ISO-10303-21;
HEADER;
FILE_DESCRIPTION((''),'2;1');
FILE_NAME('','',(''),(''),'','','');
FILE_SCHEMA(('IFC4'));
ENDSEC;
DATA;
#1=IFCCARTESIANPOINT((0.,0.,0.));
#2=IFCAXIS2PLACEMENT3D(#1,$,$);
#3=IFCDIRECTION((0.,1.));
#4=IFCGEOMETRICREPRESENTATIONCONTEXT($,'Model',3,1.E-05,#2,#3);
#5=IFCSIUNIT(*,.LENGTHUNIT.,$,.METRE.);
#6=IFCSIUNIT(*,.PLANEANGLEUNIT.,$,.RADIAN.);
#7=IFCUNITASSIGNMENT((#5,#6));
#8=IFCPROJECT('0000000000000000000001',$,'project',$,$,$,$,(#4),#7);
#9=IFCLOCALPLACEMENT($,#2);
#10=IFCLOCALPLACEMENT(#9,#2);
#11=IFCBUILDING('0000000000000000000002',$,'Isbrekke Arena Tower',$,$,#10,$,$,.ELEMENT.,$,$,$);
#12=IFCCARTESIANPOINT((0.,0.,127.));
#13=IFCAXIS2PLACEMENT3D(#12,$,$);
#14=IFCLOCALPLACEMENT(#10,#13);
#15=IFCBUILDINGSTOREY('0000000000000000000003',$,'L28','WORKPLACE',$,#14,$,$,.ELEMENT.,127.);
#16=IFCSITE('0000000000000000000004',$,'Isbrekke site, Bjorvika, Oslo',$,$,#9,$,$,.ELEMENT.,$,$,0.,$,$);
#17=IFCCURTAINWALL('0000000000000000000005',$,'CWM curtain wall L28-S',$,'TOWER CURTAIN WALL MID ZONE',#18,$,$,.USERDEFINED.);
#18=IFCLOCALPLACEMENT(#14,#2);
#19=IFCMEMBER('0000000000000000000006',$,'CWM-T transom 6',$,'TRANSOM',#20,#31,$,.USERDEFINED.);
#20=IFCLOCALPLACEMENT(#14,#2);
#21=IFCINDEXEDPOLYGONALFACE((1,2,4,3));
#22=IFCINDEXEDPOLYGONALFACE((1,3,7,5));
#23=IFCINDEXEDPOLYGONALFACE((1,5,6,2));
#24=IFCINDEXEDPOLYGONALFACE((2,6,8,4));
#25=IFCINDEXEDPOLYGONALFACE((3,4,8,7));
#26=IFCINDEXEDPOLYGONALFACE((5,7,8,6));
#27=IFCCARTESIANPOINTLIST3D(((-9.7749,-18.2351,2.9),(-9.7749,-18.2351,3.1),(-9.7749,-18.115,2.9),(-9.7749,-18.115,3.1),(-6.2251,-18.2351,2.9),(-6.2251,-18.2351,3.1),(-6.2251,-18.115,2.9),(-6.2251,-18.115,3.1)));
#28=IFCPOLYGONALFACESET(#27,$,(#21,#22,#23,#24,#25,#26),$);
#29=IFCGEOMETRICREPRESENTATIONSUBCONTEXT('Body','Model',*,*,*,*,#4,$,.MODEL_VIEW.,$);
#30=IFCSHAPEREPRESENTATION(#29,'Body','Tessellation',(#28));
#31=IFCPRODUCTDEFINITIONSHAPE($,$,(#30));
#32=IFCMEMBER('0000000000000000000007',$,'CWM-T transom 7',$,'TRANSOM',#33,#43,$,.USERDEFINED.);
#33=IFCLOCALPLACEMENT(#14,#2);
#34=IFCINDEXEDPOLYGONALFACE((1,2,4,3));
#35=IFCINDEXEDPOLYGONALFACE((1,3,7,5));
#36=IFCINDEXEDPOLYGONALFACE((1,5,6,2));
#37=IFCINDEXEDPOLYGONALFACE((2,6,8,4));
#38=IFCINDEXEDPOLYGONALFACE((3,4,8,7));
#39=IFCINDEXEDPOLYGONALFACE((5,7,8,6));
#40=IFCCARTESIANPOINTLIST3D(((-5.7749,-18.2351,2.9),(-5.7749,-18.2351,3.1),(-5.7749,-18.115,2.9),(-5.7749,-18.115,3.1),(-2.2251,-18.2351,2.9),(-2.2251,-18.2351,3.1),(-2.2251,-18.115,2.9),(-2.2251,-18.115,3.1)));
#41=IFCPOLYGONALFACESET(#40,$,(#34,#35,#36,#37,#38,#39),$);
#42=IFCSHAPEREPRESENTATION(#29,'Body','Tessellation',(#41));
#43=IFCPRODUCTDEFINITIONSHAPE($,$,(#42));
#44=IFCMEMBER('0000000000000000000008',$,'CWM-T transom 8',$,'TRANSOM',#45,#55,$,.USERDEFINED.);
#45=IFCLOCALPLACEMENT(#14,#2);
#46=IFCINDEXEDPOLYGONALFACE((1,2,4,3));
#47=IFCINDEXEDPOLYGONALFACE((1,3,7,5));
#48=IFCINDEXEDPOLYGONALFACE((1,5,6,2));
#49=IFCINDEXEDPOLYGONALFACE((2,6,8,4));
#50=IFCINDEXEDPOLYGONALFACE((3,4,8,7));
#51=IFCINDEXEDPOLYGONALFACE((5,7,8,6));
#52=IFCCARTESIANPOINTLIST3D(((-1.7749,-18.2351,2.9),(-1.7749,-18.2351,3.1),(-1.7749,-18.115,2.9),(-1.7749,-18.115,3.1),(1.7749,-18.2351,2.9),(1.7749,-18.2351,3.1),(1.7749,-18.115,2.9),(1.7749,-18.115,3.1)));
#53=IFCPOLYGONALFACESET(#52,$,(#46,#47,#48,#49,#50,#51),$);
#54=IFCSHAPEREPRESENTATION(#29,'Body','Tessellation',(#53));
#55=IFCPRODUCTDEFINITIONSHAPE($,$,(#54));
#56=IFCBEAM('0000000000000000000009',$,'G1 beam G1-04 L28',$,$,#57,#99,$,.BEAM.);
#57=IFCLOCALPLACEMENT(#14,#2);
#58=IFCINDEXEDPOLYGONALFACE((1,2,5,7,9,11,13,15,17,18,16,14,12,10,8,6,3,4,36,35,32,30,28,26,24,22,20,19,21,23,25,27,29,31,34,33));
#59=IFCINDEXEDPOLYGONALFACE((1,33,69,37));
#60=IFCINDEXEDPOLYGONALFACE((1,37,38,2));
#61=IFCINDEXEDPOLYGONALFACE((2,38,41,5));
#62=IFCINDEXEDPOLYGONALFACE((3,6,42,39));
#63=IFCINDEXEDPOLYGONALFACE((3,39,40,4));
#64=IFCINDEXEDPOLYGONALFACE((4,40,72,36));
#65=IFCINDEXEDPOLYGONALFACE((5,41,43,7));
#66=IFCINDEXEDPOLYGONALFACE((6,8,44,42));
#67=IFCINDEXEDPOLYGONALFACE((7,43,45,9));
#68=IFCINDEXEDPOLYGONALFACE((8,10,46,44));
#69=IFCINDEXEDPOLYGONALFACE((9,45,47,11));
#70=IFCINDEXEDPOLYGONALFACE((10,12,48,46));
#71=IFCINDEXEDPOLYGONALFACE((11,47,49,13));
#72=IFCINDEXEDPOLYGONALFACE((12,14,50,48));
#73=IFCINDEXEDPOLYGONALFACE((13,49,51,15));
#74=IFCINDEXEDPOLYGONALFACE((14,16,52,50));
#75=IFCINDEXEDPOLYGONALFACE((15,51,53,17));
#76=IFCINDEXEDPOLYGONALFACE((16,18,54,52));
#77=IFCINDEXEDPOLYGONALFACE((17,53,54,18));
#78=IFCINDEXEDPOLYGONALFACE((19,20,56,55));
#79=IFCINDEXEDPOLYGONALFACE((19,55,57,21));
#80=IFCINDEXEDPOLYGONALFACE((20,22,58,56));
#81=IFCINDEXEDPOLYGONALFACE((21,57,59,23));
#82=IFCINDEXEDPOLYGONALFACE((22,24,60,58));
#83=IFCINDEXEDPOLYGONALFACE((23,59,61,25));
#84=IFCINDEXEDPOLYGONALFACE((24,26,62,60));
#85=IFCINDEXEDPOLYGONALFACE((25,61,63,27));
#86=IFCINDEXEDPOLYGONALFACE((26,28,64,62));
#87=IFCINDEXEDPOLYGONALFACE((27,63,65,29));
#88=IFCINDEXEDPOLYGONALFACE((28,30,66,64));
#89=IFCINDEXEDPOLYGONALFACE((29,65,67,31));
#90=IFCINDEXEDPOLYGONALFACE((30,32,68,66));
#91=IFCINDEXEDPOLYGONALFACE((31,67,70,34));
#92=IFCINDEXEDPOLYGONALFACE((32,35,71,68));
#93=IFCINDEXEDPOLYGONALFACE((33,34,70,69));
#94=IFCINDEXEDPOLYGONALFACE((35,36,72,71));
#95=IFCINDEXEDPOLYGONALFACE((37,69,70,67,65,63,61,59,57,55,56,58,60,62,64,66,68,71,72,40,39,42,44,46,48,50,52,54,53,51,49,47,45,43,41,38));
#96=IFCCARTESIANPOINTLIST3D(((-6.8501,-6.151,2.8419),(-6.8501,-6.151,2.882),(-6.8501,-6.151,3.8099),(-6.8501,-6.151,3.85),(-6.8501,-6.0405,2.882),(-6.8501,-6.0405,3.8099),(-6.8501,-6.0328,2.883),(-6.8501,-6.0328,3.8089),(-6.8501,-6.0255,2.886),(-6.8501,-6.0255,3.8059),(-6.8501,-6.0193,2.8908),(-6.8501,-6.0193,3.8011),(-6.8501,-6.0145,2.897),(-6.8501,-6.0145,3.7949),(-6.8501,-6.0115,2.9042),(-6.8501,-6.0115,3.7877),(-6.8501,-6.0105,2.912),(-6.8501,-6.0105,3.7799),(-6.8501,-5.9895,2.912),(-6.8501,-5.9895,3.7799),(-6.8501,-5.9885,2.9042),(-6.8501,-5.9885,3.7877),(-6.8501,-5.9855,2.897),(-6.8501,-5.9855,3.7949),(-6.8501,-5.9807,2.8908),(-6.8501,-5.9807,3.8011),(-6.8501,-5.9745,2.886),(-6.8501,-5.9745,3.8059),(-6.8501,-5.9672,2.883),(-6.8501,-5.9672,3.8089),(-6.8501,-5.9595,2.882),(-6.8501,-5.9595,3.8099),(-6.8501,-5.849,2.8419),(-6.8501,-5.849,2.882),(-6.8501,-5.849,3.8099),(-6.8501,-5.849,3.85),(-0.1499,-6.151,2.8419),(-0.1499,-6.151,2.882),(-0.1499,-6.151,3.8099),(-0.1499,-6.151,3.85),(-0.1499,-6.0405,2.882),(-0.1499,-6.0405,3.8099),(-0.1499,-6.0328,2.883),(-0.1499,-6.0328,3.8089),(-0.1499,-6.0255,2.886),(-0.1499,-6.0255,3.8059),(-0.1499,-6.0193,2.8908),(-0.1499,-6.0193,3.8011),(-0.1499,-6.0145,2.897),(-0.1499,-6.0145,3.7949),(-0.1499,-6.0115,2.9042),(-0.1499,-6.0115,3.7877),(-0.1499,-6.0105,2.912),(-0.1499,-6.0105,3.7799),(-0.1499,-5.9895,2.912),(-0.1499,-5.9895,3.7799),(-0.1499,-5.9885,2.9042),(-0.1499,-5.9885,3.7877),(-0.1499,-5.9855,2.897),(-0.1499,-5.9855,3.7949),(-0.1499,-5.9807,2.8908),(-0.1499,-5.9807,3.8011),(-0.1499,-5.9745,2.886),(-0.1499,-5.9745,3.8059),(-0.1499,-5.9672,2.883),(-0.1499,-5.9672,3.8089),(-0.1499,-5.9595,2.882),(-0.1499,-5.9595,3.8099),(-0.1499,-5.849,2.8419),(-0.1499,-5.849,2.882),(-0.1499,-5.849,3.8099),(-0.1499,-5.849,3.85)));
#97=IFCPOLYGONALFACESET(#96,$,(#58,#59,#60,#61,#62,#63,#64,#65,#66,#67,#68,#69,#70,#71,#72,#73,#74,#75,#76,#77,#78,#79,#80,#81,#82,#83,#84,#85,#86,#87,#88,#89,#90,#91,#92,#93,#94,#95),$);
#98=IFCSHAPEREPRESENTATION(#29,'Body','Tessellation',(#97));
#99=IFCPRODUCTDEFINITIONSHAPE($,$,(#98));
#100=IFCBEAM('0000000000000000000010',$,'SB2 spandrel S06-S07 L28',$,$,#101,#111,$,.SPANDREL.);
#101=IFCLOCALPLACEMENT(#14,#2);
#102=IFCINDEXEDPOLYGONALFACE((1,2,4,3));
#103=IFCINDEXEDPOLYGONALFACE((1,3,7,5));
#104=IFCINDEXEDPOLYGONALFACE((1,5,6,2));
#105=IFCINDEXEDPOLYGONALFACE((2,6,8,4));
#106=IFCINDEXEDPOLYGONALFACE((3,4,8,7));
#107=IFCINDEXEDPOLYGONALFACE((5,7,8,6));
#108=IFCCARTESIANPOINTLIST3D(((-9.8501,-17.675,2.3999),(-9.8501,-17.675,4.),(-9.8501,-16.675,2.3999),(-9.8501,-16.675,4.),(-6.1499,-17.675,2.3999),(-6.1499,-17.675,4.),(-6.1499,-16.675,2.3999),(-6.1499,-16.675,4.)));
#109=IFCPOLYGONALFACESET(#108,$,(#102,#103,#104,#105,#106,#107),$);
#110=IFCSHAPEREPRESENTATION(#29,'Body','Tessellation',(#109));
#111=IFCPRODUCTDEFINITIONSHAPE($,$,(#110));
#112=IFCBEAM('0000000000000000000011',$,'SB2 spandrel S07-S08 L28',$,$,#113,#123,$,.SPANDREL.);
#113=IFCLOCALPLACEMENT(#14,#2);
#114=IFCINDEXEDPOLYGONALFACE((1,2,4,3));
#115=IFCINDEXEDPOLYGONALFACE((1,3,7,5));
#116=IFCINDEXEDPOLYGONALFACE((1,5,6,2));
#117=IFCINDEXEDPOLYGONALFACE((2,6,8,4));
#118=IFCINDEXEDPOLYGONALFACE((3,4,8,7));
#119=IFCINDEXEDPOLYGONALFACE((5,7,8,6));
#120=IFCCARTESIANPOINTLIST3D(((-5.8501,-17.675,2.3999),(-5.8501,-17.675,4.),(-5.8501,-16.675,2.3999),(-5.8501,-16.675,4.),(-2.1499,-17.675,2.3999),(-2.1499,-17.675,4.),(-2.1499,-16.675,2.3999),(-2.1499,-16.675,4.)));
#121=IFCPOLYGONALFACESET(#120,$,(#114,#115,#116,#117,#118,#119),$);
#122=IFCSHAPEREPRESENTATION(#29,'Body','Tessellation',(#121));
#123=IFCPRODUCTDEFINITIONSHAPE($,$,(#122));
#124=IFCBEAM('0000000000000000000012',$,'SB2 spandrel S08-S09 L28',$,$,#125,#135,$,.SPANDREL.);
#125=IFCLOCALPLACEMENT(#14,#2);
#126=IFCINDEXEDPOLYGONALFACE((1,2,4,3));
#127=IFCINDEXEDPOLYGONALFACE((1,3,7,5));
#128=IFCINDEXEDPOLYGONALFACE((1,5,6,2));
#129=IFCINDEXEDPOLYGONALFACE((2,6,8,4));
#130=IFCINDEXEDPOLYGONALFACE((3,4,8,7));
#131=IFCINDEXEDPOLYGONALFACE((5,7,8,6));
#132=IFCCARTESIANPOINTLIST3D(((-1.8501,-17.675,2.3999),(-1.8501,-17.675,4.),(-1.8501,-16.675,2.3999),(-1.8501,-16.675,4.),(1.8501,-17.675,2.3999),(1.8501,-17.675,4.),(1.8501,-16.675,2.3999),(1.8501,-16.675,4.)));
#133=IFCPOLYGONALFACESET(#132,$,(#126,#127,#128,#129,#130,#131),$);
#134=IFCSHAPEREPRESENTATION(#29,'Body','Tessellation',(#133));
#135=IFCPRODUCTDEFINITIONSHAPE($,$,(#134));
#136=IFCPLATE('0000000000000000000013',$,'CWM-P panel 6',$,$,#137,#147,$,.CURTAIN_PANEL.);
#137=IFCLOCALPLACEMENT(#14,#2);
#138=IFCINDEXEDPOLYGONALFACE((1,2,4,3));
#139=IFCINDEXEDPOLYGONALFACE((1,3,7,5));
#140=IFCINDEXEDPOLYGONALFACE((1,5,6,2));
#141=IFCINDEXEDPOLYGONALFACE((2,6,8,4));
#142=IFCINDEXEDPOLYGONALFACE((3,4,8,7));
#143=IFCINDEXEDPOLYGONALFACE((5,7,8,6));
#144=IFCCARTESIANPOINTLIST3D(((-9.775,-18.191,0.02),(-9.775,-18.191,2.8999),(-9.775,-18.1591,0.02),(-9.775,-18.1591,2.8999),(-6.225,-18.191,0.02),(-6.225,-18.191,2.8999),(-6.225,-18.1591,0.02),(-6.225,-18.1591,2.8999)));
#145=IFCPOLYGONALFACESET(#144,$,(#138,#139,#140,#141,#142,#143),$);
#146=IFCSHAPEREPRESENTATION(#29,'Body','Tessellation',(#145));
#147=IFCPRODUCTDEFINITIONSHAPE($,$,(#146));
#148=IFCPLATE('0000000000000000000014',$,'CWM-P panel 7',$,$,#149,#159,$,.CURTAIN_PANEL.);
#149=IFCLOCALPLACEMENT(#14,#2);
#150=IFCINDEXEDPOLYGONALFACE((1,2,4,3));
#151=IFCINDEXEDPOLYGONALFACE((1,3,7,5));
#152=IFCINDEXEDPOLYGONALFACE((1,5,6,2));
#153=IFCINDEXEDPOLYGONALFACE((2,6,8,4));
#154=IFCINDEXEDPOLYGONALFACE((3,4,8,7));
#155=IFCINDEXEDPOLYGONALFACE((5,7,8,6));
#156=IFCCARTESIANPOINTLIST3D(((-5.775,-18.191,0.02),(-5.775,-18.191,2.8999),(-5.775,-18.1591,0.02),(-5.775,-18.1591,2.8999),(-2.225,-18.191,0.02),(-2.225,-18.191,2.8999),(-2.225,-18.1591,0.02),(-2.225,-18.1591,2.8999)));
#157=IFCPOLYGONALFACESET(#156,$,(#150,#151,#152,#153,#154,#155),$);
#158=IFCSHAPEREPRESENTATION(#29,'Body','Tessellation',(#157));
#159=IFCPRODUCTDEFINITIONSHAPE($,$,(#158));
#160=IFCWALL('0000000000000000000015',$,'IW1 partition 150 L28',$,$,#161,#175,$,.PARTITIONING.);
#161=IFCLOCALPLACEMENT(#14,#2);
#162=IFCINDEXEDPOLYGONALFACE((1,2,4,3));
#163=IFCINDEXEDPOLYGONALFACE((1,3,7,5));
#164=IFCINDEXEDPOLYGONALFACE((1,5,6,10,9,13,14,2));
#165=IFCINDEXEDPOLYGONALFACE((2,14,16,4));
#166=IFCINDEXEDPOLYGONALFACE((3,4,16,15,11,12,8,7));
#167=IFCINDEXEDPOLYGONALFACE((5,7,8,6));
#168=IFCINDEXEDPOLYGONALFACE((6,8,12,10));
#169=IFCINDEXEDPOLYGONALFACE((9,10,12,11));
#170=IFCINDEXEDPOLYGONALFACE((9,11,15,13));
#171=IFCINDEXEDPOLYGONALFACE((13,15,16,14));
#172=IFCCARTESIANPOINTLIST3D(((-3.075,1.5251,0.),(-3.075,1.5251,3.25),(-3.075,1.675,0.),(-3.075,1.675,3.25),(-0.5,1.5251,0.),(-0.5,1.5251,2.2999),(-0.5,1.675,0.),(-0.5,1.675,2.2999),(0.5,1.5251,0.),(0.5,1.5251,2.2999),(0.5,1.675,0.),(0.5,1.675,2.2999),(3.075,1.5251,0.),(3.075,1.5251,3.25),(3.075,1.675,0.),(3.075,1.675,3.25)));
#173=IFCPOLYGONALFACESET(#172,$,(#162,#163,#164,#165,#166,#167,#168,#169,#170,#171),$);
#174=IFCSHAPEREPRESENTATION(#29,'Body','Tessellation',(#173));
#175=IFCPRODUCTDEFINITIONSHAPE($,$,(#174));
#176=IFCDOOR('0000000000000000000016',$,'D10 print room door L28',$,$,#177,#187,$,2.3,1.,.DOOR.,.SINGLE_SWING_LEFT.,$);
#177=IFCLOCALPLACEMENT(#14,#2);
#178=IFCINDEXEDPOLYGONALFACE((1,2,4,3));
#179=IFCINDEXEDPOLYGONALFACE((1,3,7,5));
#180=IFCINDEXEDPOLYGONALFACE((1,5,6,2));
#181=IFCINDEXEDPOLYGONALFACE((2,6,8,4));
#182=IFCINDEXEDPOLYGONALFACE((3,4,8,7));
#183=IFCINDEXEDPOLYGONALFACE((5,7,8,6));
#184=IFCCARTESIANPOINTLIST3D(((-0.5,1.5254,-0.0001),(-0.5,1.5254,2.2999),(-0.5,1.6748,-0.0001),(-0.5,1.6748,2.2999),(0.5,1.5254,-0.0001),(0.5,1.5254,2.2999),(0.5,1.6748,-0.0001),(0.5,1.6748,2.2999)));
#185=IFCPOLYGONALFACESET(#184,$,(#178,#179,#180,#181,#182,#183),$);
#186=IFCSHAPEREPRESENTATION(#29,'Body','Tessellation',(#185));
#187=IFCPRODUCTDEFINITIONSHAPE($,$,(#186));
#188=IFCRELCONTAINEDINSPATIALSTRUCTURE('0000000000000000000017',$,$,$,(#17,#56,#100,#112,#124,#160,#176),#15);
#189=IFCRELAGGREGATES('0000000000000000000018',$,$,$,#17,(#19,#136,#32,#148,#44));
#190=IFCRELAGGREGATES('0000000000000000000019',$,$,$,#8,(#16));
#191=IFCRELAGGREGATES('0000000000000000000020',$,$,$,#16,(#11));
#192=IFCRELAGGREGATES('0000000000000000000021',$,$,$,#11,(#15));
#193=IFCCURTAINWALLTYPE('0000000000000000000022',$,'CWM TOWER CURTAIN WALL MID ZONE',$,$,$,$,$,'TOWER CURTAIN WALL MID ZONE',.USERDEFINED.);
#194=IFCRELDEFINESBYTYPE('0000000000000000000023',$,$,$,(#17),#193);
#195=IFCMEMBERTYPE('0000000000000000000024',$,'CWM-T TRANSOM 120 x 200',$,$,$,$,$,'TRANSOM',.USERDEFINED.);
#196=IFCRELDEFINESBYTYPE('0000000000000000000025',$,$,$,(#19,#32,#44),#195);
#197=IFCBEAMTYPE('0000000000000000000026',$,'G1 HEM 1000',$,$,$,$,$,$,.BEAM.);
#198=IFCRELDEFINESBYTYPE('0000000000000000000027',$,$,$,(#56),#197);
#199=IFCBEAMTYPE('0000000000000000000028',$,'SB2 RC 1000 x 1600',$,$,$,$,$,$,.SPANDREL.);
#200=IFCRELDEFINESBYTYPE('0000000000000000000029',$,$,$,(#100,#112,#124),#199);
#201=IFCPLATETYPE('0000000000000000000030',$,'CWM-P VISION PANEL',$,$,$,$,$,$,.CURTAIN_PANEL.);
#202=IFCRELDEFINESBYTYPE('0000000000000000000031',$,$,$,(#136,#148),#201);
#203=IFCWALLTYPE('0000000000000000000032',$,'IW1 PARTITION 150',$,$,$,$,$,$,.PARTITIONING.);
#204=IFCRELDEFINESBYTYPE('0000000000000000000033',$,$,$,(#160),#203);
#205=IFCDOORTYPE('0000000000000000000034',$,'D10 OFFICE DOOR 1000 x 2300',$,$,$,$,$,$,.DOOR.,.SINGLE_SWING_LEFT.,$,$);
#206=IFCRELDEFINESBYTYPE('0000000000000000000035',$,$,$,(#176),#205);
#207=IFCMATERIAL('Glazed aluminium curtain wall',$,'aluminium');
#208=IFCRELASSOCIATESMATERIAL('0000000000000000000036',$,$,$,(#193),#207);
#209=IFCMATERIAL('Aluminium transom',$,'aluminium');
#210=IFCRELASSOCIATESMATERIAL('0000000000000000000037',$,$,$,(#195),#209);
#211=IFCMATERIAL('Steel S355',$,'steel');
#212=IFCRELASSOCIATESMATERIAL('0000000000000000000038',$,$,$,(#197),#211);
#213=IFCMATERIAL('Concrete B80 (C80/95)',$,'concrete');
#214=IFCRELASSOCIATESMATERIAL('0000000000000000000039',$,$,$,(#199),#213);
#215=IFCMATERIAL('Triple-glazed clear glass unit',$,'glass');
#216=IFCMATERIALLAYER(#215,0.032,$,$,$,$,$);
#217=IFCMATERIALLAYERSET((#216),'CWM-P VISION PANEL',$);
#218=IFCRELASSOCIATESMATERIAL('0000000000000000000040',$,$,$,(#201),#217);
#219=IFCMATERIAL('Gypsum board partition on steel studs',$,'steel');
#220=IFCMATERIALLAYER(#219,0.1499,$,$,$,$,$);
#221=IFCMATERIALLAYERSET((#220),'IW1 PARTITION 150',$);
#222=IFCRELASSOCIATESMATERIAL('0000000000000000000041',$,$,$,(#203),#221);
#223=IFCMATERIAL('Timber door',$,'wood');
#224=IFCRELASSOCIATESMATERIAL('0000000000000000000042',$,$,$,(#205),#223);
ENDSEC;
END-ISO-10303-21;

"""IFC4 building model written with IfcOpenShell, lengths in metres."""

from ifc_helpers import new_model, si_unit, direction, frame, frame_2d, origin, origin_2d, place, context, subcontext, project, spatial, rectangle, i_section, extrude, material, layer, layer_set, material_profile, profile_set, type_object, element, fill, aggregate, save


model = new_model("IFC4")

# Units and contexts
model_context = context("Model", 3, precision=1e-05, world=origin(), true_north=direction((0.0, 1.0)))
body_context = subcontext(model_context, "Body", "Model", "MODEL_VIEW")
ifc_project = project(units=[si_unit("LENGTHUNIT", "METRE"), si_unit("PLANEANGLEUNIT", "RADIAN")], contexts=[model_context])

# Site, building, storey
site_placement = place(None, origin())
site = spatial("IfcSite", under=ifc_project, at=site_placement, Name="Isbrekke site, Bjorvika, Oslo", CompositionType="ELEMENT", RefElevation=0.0)
building_placement = place(site_placement, origin())
building = spatial("IfcBuilding", under=site, at=building_placement, Name="Isbrekke Arena Tower", CompositionType="ELEMENT")
storey_placement = place(building_placement, frame((0.0, 0.0, 127.0)))
storey = spatial("IfcBuildingStorey", under=building, at=storey_placement, Name="L28", Description="WORKPLACE", CompositionType="ELEMENT", Elevation=127.0)

# Curtain wall, members
ifc_material_1 = material(Name="Glazed aluminium curtain wall", Category="aluminium")
curtain_wall_type = type_object("IfcCurtainWallType", Name="CWM TOWER CURTAIN WALL MID ZONE", ElementType="TOWER CURTAIN WALL MID ZONE", PredefinedType="USERDEFINED", material=ifc_material_1)
curtain_wall_placement = place(storey_placement, origin())
curtain_wall = element("IfcCurtainWall", 1, at=curtain_wall_placement, inside=storey, type_object=curtain_wall_type, Name="CWM curtain wall L28-S", ObjectType="TOWER CURTAIN WALL MID ZONE", PredefinedType="USERDEFINED")
ifc_material_2 = material(Name="Aluminium transom", Category="aluminium")
ifc_material_profile_1 = material_profile(ifc_material_2, rectangle(XDim=0.1201, YDim=0.2, at=origin_2d()), Name="TRANSOM 120X200")
ifc_profile_set_1 = profile_set([ifc_material_profile_1], Name="Aluminium transom")
member_type_1 = type_object("IfcMemberType", Name="CWM-T TRANSOM 120 x 200", ElementType="TRANSOM", PredefinedType="USERDEFINED", material=ifc_profile_set_1)
member_1_placement = place(storey_placement, frame((-9.7749, -18.175, 3.0), z_axis=(1.0, 0.0, 0.0), x_axis=(0.0, 1.0, 0.0)))
member_1 = element("IfcMember", 2, at=member_1_placement, type_object=member_type_1, Name="CWM-T transom 6", ObjectType="TRANSOM", PredefinedType="USERDEFINED", context=body_context, shape_type="SweptSolid", body=[
    extrude(rectangle(XDim=0.1201, YDim=0.2, at=origin_2d()), origin(), (0.0, 0.0, 1.0), 3.5498),
])
member_2_placement = place(storey_placement, frame((-5.7749, -18.175, 3.0), z_axis=(1.0, 0.0, 0.0), x_axis=(0.0, 1.0, 0.0)))
member_2 = element("IfcMember", 3, at=member_2_placement, type_object=member_type_1, Name="CWM-T transom 7", ObjectType="TRANSOM", PredefinedType="USERDEFINED", context=body_context, shape_type="SweptSolid", body=[
    extrude(rectangle(XDim=0.1201, YDim=0.2, at=origin_2d()), origin(), (0.0, 0.0, 1.0), 3.5498),
])
member_3_placement = place(storey_placement, frame((-1.7749, -18.175, 3.0), z_axis=(1.0, 0.0, 0.0), x_axis=(0.0, 1.0, 0.0)))
member_3 = element("IfcMember", 4, at=member_3_placement, type_object=member_type_1, Name="CWM-T transom 8", ObjectType="TRANSOM", PredefinedType="USERDEFINED", context=body_context, shape_type="SweptSolid", body=[
    extrude(rectangle(XDim=0.1201, YDim=0.2, at=origin_2d()), origin(), (0.0, 0.0, 1.0), 3.5498),
])

# Beams
ifc_material_3 = material(Name="Steel S355", Category="steel")
ifc_material_profile_2 = material_profile(ifc_material_3, i_section(OverallWidth=0.302, OverallDepth=1.0081, WebThickness=0.021, FlangeThickness=0.04, FilletRadius=0.03, at=origin_2d()), Name="HEM 1000")
ifc_profile_set_2 = profile_set([ifc_material_profile_2], Name="Steel S355")
beam_type_1 = type_object("IfcBeamType", Name="G1 HEM 1000", PredefinedType="BEAM", material=ifc_profile_set_2)
beam_1_placement = place(storey_placement, frame((-6.8501, -6.0, 3.3459), z_axis=(1.0, 0.0, 0.0), x_axis=(0.0, 1.0, 0.0)))
element("IfcBeam", 5, at=beam_1_placement, inside=storey, type_object=beam_type_1, Name="G1 beam G1-04 L28", PredefinedType="BEAM", context=body_context, shape_type="SweptSolid", body=[
    extrude(i_section(OverallWidth=0.302, OverallDepth=1.0081, WebThickness=0.021, FlangeThickness=0.04, FilletRadius=0.03, at=origin_2d()), origin(), (0.0, 0.0, 1.0), 6.7002),
])
ifc_material_4 = material(Name="Concrete B80 (C80/95)", Category="concrete")
ifc_material_profile_3 = material_profile(ifc_material_4, rectangle(XDim=1.0, YDim=1.6001, at=origin_2d()), Name="RC 1000x1600")
ifc_profile_set_3 = profile_set([ifc_material_profile_3], Name="Concrete B80 (C80/95)")
beam_type_2 = type_object("IfcBeamType", Name="SB2 RC 1000 x 1600", PredefinedType="SPANDREL", material=ifc_profile_set_3)
for number, where, z_axis, x_axis, name in (
    (6, (-9.8501, -17.175, 3.2), (1.0, 0.0, 0.0), (0.0, 1.0, 0.0), "SB2 spandrel S06-S07 L28"),
    (7, (-5.8501, -17.175, 3.2), (1.0, 0.0, 0.0), (0.0, 1.0, 0.0), "SB2 spandrel S07-S08 L28"),
    (8, (-1.8501, -17.175, 3.2), (1.0, 0.0, 0.0), (0.0, 1.0, 0.0), "SB2 spandrel S08-S09 L28"),
):
    element("IfcBeam", number, at=place(storey_placement, frame(where, z_axis=z_axis, x_axis=x_axis)), inside=storey, type_object=beam_type_2, Name=name, PredefinedType="SPANDREL", context=body_context, shape_type="SweptSolid", body=[
        extrude(rectangle(XDim=1.0, YDim=1.6001, at=origin_2d()), origin(), (0.0, 0.0, 1.0), 3.7002),
    ])

# Plates
ifc_material_5 = material(Name="Triple-glazed clear glass unit", Category="glass")
ifc_layer_1 = layer(ifc_material_5, 0.032)
ifc_layer_set_1 = layer_set([ifc_layer_1], Name="CWM-P VISION PANEL")
plate_type = type_object("IfcPlateType", Name="CWM-P VISION PANEL", PredefinedType="CURTAIN_PANEL", material=ifc_layer_set_1)
plate_1_placement = place(storey_placement, frame((-8.0, -18.175, 0.02), z_axis=(0.0, 0.0, 1.0), x_axis=(1.0, 0.0, 0.0)))
plate_1 = element("IfcPlate", 9, at=plate_1_placement, type_object=plate_type, Name="CWM-P panel 6", PredefinedType="CURTAIN_PANEL", context=body_context, shape_type="SweptSolid", body=[
    extrude(rectangle(XDim=3.55, YDim=0.032, at=origin_2d()), origin(), (0.0, 0.0, 1.0), 2.8799),
])
plate_2_placement = place(storey_placement, frame((-4.0, -18.175, 0.02), z_axis=(0.0, 0.0, 1.0), x_axis=(1.0, 0.0, 0.0)))
plate_2 = element("IfcPlate", 10, at=plate_2_placement, type_object=plate_type, Name="CWM-P panel 7", PredefinedType="CURTAIN_PANEL", context=body_context, shape_type="SweptSolid", body=[
    extrude(rectangle(XDim=3.55, YDim=0.032, at=origin_2d()), origin(), (0.0, 0.0, 1.0), 2.8799),
])
aggregate(curtain_wall, [member_1, plate_1, member_2, plate_2, member_3])

# Wall, opening, door
ifc_material_6 = material(Name="Gypsum board partition on steel studs", Category="steel")
ifc_layer_2 = layer(ifc_material_6, 0.1499)
ifc_layer_set_2 = layer_set([ifc_layer_2], Name="IW1 PARTITION 150")
wall_type_1 = type_object("IfcWallType", Name="IW1 PARTITION 150", PredefinedType="PARTITIONING", material=ifc_layer_set_2)
wall_1_placement = place(storey_placement, frame((-3.075, 1.6001, 0.0), z_axis=(0.0, 0.0, 1.0), x_axis=(1.0, 0.0, 0.0)))
wall_1 = element("IfcWall", 11, at=wall_1_placement, inside=storey, type_object=wall_type_1, Name="IW1 partition 150 L28", PredefinedType="PARTITIONING", context=body_context, shape_type="SweptSolid", body=[
    extrude(rectangle(XDim=6.1499, YDim=0.1499, at=frame_2d((3.075, 0.0))), origin(), (0.0, 0.0, 1.0), 3.25),
])
opening_placement = place(wall_1_placement, frame((2.575, 0.0, 0.0)))
opening = element("IfcOpeningElement", 12, at=opening_placement, cuts=wall_1, PredefinedType="OPENING", context=body_context, shape_type="SweptSolid", body=[
    extrude(rectangle(XDim=1.0, YDim=2.3, at=frame_2d((0.5, 1.1499))), frame((0.0, 0.0898, 0.0), z_axis=(0.0, -1.0, 0.0), x_axis=(1.0, 0.0, 0.0)), (0.0, 0.0, 1.0), 0.1797),
])
ifc_material_7 = material(Name="Timber door", Category="wood")
door_type = type_object("IfcDoorType", Name="D10 OFFICE DOOR 1000 x 2300", OperationType="SINGLE_SWING_LEFT", PredefinedType="DOOR", material=ifc_material_7)
door_placement = place(opening_placement, origin())
door = element("IfcDoor", 13, at=door_placement, inside=storey, type_object=door_type, Name="D10 print room door L28", OperationType="SINGLE_SWING_LEFT", OverallHeight=2.3, OverallWidth=1.0, PredefinedType="DOOR", context=body_context, shape_type="SweptSolid", body=[
    extrude(rectangle(XDim=1.0, YDim=2.3, at=frame_2d((0.5, 1.1499))), frame((0.0, 0.0747, 0.0), z_axis=(0.0, -1.0, 0.0), x_axis=(1.0, 0.0, 0.0)), (0.0, 0.0, 1.0), 0.1494),
])
fill(opening, door)

save(model, "model.ifc")
